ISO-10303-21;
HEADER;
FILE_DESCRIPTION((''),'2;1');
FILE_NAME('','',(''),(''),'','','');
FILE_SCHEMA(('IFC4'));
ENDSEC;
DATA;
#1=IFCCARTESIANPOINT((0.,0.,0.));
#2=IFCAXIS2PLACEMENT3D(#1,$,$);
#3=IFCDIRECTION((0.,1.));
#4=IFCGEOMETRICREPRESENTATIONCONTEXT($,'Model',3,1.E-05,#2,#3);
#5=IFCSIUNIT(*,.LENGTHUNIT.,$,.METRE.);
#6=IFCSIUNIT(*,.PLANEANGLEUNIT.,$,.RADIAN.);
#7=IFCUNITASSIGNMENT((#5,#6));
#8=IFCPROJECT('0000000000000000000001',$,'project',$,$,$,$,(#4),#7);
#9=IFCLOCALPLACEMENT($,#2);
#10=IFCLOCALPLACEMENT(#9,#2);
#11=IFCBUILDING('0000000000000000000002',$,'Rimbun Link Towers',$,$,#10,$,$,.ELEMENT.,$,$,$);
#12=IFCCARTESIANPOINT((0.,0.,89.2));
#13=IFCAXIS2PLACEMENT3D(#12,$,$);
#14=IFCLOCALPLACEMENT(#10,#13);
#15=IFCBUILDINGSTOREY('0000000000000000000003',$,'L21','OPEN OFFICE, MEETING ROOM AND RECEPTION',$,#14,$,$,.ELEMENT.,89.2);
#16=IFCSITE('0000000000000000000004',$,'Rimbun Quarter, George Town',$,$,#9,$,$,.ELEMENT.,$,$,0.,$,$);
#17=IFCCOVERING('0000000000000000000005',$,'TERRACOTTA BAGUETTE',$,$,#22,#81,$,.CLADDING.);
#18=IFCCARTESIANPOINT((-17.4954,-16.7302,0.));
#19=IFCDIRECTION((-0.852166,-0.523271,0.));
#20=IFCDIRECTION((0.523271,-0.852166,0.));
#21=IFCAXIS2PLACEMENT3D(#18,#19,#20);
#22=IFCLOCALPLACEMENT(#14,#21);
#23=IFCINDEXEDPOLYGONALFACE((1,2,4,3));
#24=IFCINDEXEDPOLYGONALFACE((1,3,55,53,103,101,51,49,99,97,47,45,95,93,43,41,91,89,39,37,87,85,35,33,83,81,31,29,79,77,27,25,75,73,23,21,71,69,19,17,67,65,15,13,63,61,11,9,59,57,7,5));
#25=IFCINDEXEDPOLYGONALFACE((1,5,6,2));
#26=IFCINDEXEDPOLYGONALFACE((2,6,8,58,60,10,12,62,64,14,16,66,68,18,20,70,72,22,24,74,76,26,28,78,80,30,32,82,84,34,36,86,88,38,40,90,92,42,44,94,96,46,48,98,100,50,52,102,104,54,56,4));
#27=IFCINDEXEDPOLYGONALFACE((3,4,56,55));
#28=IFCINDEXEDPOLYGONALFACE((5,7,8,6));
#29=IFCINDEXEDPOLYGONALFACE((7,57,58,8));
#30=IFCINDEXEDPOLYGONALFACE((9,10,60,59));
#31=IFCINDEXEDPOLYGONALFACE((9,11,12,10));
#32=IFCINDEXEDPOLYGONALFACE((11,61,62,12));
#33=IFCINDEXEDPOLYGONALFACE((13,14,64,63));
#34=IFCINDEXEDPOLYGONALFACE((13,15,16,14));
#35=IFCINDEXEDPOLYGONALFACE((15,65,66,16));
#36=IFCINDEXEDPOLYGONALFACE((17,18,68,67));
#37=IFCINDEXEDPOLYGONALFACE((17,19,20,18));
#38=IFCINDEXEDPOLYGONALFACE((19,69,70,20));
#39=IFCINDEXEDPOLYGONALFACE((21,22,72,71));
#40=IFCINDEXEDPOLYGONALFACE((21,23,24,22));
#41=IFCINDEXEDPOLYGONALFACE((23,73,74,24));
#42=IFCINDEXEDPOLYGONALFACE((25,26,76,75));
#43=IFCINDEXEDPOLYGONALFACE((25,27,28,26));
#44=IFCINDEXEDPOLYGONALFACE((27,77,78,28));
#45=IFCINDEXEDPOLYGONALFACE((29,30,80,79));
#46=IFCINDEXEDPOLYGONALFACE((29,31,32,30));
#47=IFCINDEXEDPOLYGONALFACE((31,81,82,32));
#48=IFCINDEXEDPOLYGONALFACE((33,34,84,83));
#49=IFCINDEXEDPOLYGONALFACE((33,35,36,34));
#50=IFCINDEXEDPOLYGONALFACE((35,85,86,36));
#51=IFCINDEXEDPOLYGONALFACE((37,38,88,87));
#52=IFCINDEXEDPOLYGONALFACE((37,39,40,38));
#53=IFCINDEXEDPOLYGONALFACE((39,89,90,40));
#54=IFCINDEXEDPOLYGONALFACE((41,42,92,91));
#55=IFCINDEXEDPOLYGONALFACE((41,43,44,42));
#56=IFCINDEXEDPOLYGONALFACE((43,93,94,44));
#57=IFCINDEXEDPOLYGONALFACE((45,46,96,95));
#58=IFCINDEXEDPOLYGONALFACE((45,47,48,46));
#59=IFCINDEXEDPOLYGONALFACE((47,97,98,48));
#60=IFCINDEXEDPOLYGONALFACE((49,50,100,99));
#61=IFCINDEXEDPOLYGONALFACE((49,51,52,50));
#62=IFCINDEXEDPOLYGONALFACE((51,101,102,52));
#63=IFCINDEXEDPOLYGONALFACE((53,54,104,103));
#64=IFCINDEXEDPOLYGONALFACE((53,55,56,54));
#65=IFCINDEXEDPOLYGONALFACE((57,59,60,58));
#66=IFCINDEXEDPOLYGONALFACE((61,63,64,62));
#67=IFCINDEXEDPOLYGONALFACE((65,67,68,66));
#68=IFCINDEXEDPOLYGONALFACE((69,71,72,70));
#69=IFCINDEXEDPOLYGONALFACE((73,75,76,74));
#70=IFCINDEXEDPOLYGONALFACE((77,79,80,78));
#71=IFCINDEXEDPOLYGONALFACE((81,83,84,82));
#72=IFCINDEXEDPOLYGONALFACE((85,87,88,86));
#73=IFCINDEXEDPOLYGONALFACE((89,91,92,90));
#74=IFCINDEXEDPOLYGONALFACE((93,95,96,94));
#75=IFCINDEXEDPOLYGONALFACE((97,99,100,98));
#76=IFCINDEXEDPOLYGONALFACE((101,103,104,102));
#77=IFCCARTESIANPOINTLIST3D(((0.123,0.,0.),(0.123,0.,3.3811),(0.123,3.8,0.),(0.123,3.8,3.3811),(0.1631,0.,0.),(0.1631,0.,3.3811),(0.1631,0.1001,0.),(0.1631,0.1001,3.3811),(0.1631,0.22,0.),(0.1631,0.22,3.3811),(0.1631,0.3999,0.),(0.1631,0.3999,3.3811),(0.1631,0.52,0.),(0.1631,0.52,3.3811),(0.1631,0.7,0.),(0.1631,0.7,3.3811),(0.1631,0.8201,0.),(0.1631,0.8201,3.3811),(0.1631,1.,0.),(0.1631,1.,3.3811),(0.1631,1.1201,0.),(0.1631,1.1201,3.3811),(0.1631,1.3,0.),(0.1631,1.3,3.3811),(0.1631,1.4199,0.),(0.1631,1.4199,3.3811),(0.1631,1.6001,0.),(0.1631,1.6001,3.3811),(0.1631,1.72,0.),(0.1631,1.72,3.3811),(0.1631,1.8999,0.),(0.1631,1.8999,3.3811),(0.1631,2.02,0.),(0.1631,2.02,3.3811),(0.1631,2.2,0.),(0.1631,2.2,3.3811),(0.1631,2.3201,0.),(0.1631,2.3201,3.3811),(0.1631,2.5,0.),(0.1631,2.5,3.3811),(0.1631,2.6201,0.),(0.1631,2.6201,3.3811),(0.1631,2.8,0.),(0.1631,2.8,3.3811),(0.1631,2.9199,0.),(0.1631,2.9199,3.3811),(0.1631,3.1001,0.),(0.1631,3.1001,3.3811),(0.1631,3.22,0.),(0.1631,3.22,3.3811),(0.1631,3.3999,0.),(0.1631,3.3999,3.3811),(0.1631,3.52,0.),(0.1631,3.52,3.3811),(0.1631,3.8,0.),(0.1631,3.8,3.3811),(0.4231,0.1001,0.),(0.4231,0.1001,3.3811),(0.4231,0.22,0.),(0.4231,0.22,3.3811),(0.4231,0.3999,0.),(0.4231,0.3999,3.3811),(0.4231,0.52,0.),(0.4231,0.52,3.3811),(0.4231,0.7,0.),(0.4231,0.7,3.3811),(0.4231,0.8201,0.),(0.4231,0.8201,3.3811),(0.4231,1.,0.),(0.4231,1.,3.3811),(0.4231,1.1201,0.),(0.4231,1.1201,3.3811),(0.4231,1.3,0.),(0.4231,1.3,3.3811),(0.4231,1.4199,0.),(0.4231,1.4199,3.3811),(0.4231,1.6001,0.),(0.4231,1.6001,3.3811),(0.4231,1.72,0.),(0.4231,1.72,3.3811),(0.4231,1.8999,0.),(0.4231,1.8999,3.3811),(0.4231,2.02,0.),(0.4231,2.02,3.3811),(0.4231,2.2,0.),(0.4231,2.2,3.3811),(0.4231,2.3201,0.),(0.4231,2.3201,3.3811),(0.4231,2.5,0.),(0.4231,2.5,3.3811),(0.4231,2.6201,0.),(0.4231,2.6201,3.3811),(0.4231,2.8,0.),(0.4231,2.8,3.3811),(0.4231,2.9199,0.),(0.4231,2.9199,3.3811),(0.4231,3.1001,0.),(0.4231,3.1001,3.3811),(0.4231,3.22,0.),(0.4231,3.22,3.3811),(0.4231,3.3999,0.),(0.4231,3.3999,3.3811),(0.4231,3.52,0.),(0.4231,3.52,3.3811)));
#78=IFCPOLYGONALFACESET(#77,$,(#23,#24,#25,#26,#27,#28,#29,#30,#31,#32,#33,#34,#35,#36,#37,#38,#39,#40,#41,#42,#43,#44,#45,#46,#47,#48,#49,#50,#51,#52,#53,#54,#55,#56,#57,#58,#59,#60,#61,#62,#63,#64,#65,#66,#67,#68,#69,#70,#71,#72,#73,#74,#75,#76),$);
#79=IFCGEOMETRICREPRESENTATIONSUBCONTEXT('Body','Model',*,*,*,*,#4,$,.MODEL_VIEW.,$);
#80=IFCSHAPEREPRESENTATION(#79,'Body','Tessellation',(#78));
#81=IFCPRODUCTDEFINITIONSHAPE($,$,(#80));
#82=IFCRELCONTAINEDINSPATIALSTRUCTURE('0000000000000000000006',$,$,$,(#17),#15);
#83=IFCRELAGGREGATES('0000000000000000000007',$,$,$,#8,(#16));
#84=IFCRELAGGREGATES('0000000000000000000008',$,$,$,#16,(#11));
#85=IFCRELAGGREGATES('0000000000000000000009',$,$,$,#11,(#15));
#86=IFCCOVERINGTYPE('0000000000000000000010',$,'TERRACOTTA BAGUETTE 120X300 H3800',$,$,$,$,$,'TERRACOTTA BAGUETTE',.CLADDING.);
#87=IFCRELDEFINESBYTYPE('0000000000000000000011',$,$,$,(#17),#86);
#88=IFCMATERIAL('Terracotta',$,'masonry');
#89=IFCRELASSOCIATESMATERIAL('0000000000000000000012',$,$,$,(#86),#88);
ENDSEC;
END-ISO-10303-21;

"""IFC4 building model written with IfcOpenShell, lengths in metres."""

from ifc_helpers import new_model, si_unit, direction, frame, origin, place, context, subcontext, project, spatial, polyline, outline, extrude, material, material_profile, profile_set, type_object, element, save


model = new_model("IFC4")

# Units and contexts
model_context = context("Model", 3, precision=1e-05, world=origin(), true_north=direction((0.0, 1.0)))
body_context = subcontext(model_context, "Body", "Model", "MODEL_VIEW")
ifc_project = project(units=[si_unit("LENGTHUNIT", "METRE"), si_unit("PLANEANGLEUNIT", "RADIAN")], contexts=[model_context])

# Site, building, storey
site_placement = place(None, origin())
site = spatial("IfcSite", under=ifc_project, at=site_placement, Name="Rimbun Quarter, George Town", CompositionType="ELEMENT", RefElevation=0.0)
building_placement = place(site_placement, origin())
building = spatial("IfcBuilding", under=site, at=building_placement, Name="Rimbun Link Towers", CompositionType="ELEMENT")
storey_placement = place(building_placement, frame((0.0, 0.0, 89.2)))
storey = spatial("IfcBuildingStorey", under=building, at=storey_placement, Name="L21", Description="OPEN OFFICE, MEETING ROOM AND RECEPTION", CompositionType="ELEMENT", Elevation=89.2)

# Covering
ifc_material_1 = material(Name="Terracotta", Category="masonry")
ifc_material_profile_1 = material_profile(ifc_material_1, outline(polyline([(0.123, 0.0), (0.1631, 0.0), (0.1631, 0.1001), (0.4231, 0.1001), (0.4231, 0.22), (0.1631, 0.22), (0.1631, 0.3999), (0.4231, 0.3999), (0.4231, 0.52), (0.1631, 0.52), (0.1631, 0.7), (0.4231, 0.7), (0.4231, 0.8201), (0.1631, 0.8201), (0.1631, 1.0), (0.4231, 1.0), (0.4231, 1.1201), (0.1631, 1.1201), (0.1631, 1.3), (0.4231, 1.3), (0.4231, 1.4199), (0.1631, 1.4199), (0.1631, 1.6001), (0.4231, 1.6001), (0.4231, 1.72), (0.1631, 1.72), (0.1631, 1.8999), (0.4231, 1.8999), (0.4231, 2.02), (0.1631, 2.02), (0.1631, 2.2), (0.4231, 2.2), (0.4231, 2.3201), (0.1631, 2.3201), (0.1631, 2.5), (0.4231, 2.5), (0.4231, 2.6201), (0.1631, 2.6201), (0.1631, 2.8), (0.4231, 2.8), (0.4231, 2.9199), (0.1631, 2.9199), (0.1631, 3.1001), (0.4231, 3.1001), (0.4231, 3.22), (0.1631, 3.22), (0.1631, 3.3999), (0.4231, 3.3999), (0.4231, 3.52), (0.1631, 3.52), (0.1631, 3.8), (0.123, 3.8), (0.123, 0.0)])), Name="BAGUETTE 120X300")
ifc_profile_set_1 = profile_set([ifc_material_profile_1], Name="Terracotta")
covering_type = type_object("IfcCoveringType", Name="TERRACOTTA BAGUETTE 120X300 H3800", ElementType="TERRACOTTA BAGUETTE", PredefinedType="CLADDING", material=ifc_profile_set_1)
covering_1_placement = place(storey_placement, frame((-17.4954, -16.7302, 0.0), z_axis=(-0.852166, -0.523271, 0.0), x_axis=(0.523271, -0.852166, 0.0)))
element("IfcCovering", 1, at=covering_1_placement, inside=storey, type_object=covering_type, Name="TERRACOTTA BAGUETTE", PredefinedType="CLADDING", context=body_context, shape_type="SweptSolid", body=[
    extrude(outline(polyline([(0.123, 0.0), (0.1631, 0.0), (0.1631, 0.1001), (0.4231, 0.1001), (0.4231, 0.22), (0.1631, 0.22), (0.1631, 0.3999), (0.4231, 0.3999), (0.4231, 0.52), (0.1631, 0.52), (0.1631, 0.7), (0.4231, 0.7), (0.4231, 0.8201), (0.1631, 0.8201), (0.1631, 1.0), (0.4231, 1.0), (0.4231, 1.1201), (0.1631, 1.1201), (0.1631, 1.3), (0.4231, 1.3), (0.4231, 1.4199), (0.1631, 1.4199), (0.1631, 1.6001), (0.4231, 1.6001), (0.4231, 1.72), (0.1631, 1.72), (0.1631, 1.8999), (0.4231, 1.8999), (0.4231, 2.02), (0.1631, 2.02), (0.1631, 2.2), (0.4231, 2.2), (0.4231, 2.3201), (0.1631, 2.3201), (0.1631, 2.5), (0.4231, 2.5), (0.4231, 2.6201), (0.1631, 2.6201), (0.1631, 2.8), (0.4231, 2.8), (0.4231, 2.9199), (0.1631, 2.9199), (0.1631, 3.1001), (0.4231, 3.1001), (0.4231, 3.22), (0.1631, 3.22), (0.1631, 3.3999), (0.4231, 3.3999), (0.4231, 3.52), (0.1631, 3.52), (0.1631, 3.8), (0.123, 3.8), (0.123, 0.0)])), origin(), (0.0, 0.0, 1.0), 3.3811),
])

save(model, "model.ifc")
